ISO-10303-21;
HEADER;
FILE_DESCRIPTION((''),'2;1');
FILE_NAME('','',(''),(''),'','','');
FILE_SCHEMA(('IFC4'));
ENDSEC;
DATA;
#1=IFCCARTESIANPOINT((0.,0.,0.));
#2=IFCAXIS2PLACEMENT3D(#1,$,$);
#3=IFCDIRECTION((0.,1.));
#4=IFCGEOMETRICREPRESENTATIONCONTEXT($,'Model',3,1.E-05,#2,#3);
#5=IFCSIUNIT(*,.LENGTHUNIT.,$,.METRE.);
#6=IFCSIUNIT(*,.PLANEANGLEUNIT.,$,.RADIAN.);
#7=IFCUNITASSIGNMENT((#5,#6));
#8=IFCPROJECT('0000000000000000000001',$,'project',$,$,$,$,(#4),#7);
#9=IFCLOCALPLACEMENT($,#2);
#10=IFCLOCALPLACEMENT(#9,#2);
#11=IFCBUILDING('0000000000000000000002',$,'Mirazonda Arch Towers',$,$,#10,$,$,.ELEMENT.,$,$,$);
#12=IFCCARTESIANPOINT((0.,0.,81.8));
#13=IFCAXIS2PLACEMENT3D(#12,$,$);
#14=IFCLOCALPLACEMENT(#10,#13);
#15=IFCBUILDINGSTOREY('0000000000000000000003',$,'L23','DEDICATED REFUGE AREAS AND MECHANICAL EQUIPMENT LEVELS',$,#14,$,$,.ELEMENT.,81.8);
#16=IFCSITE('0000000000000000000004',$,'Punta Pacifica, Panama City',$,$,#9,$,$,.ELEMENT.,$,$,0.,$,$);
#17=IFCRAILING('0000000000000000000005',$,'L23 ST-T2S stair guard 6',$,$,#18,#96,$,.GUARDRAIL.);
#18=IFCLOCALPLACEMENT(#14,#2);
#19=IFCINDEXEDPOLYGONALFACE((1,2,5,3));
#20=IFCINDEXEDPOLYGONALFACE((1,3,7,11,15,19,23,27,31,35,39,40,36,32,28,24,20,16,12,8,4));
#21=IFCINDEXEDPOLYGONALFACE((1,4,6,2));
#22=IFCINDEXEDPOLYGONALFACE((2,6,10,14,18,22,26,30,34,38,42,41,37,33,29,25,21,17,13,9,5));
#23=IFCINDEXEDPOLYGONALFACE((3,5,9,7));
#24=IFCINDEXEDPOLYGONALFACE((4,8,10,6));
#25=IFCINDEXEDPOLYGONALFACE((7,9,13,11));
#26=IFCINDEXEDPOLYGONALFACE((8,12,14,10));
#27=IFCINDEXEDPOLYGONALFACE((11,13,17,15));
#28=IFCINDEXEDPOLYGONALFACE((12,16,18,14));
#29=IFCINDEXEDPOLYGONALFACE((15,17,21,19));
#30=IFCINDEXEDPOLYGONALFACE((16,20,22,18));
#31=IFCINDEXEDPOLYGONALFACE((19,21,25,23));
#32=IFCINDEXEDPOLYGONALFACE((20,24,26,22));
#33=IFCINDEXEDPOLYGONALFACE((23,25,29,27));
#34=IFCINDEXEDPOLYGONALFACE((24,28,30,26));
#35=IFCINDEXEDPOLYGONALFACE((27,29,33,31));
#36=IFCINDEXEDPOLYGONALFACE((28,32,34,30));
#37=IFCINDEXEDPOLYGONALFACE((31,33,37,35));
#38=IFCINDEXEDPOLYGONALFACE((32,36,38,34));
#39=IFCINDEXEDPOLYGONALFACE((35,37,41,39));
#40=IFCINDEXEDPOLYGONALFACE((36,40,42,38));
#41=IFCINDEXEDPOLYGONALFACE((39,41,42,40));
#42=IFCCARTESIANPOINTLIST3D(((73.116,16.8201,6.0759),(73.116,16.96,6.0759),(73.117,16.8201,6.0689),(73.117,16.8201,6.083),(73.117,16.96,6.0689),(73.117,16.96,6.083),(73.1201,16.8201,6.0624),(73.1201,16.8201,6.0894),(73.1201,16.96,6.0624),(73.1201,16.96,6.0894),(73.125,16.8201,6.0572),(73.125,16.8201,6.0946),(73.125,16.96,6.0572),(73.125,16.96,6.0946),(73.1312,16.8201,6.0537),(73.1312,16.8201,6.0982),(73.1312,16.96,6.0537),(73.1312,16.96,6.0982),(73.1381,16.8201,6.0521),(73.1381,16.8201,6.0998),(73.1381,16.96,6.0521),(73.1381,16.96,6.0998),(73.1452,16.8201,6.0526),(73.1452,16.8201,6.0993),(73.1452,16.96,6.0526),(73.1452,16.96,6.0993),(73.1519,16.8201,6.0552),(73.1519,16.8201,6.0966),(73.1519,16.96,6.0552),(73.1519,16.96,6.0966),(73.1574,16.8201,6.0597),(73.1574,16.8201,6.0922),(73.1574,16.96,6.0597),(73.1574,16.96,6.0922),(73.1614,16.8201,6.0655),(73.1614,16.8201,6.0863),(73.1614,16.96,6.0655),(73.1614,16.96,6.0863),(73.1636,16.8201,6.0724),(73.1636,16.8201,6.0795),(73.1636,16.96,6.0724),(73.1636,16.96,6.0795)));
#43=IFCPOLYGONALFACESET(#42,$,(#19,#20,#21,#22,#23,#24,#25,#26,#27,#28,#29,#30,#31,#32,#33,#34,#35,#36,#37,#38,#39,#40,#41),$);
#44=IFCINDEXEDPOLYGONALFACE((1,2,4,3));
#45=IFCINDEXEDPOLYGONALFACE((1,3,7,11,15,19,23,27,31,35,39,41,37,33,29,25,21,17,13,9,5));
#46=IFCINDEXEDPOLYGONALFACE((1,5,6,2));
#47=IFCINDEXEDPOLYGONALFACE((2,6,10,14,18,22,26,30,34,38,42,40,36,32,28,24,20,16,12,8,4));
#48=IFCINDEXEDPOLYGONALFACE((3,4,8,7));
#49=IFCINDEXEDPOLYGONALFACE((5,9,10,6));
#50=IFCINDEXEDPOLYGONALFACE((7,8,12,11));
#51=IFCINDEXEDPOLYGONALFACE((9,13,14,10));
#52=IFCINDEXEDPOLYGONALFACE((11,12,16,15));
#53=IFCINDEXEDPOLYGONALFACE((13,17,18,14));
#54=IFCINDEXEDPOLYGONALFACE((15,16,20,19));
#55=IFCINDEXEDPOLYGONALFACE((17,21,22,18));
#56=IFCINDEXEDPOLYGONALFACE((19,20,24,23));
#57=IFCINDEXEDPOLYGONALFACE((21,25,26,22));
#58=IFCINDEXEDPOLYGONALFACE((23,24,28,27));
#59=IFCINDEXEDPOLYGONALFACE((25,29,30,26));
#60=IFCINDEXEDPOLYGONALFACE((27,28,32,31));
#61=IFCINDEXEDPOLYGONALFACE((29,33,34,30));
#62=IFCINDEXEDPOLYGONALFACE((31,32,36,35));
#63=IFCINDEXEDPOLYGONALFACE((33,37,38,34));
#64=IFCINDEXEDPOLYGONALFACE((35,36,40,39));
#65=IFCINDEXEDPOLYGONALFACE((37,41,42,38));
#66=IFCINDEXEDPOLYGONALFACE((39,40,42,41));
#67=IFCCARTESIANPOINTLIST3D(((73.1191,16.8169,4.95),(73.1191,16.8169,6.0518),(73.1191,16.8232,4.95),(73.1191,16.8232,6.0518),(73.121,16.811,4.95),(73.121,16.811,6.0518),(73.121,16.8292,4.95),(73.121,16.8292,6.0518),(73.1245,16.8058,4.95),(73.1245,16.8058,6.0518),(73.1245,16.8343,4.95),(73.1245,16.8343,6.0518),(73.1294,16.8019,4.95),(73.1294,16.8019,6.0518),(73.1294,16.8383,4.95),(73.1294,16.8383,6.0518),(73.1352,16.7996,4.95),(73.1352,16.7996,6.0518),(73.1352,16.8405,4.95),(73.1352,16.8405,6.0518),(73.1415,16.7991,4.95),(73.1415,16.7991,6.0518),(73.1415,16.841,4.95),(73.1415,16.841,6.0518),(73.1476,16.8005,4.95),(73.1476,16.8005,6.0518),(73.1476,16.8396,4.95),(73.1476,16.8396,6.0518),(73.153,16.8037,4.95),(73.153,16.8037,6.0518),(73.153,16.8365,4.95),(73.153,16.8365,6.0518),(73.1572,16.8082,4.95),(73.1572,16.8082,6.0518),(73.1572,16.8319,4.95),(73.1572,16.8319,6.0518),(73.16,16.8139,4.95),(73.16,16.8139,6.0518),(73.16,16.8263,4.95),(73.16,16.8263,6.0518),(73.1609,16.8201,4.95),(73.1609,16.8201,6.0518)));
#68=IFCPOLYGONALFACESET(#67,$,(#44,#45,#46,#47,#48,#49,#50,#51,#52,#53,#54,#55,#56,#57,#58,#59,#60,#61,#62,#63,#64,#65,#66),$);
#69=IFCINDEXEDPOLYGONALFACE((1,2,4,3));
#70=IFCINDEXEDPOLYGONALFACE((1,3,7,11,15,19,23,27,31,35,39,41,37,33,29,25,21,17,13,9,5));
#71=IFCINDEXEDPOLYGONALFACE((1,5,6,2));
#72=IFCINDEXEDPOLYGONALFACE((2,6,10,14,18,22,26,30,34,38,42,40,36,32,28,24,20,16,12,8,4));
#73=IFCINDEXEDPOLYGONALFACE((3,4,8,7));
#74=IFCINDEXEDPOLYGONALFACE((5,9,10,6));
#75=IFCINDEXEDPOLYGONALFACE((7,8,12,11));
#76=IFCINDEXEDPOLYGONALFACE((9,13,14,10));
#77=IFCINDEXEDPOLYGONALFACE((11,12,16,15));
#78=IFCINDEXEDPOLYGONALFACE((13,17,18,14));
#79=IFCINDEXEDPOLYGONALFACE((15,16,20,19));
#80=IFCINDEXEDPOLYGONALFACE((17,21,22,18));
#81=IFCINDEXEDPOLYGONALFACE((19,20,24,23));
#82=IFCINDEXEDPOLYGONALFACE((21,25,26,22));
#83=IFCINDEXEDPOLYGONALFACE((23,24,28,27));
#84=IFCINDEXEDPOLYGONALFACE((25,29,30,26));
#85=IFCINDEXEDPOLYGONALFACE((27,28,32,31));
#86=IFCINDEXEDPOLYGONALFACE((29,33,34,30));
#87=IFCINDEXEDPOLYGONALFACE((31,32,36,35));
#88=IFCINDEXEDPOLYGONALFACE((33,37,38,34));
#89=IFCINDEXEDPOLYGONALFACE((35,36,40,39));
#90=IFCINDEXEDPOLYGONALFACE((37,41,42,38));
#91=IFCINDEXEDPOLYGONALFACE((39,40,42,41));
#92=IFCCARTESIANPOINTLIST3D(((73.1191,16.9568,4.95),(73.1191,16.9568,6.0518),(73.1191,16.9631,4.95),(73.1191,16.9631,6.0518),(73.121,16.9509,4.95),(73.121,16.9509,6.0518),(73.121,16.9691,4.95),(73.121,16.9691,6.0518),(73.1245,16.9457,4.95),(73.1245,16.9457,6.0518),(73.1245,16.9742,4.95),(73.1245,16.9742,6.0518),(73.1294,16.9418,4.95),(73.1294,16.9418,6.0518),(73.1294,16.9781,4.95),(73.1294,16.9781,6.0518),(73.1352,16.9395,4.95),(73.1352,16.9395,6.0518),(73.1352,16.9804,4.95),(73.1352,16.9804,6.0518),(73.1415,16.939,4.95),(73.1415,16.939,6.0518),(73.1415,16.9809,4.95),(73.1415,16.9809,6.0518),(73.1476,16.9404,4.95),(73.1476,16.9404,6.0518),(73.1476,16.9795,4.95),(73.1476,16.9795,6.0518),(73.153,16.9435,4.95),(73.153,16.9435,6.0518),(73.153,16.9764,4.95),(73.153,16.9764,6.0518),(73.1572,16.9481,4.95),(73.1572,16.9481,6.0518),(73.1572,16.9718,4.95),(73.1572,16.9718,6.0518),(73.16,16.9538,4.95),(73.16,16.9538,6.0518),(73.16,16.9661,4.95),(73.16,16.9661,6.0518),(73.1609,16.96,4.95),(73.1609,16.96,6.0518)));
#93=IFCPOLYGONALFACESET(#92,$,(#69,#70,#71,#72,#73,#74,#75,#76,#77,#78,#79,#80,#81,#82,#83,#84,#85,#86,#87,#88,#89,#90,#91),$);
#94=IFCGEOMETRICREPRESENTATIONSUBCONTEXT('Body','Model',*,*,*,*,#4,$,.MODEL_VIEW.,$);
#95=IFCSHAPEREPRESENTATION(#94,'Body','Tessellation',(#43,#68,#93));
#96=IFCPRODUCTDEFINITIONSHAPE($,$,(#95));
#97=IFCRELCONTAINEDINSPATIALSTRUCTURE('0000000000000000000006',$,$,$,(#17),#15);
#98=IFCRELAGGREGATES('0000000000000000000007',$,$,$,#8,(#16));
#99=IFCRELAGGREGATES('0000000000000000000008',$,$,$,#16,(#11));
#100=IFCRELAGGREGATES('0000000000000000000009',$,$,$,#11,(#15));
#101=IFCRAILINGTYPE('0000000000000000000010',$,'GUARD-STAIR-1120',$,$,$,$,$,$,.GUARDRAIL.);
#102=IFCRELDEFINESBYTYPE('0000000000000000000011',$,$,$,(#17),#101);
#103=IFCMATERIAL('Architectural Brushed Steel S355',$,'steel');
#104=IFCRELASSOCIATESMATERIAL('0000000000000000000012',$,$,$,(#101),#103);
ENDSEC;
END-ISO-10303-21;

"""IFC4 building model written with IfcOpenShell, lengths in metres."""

from ifc_helpers import new_model, si_unit, direction, frame, origin, origin_2d, place, context, subcontext, project, spatial, circle, extrude, material, type_object, element, save


model = new_model("IFC4")

# Units and contexts
model_context = context("Model", 3, precision=1e-05, world=origin(), true_north=direction((0.0, 1.0)))
body_context = subcontext(model_context, "Body", "Model", "MODEL_VIEW")
ifc_project = project(units=[si_unit("LENGTHUNIT", "METRE"), si_unit("PLANEANGLEUNIT", "RADIAN")], contexts=[model_context])

# Site, building, storey
site_placement = place(None, origin())
site = spatial("IfcSite", under=ifc_project, at=site_placement, Name="Punta Pacifica, Panama City", CompositionType="ELEMENT", RefElevation=0.0)
building_placement = place(site_placement, origin())
building = spatial("IfcBuilding", under=site, at=building_placement, Name="Mirazonda Arch Towers", CompositionType="ELEMENT")
storey_placement = place(building_placement, frame((0.0, 0.0, 81.8)))
storey = spatial("IfcBuildingStorey", under=building, at=storey_placement, Name="L23", Description="DEDICATED REFUGE AREAS AND MECHANICAL EQUIPMENT LEVELS", CompositionType="ELEMENT", Elevation=81.8)

# Shared definitions
ifc_material_1 = material(Name="Architectural Brushed Steel S355", Category="steel")

# Railing
railing_type_1 = type_object("IfcRailingType", Name="GUARD-STAIR-1120", PredefinedType="GUARDRAIL", material=ifc_material_1)
railing_1_placement = place(storey_placement, frame((73.1399, 16.8201, 4.95)))
element("IfcRailing", 1, at=railing_1_placement, inside=storey, type_object=railing_type_1, Name="L23 ST-T2S stair guard 6", PredefinedType="GUARDRAIL", context=body_context, shape_type="SweptSolid", body=[
    extrude(circle(Radius=0.0239, at=origin_2d()), frame((0.0, 0.0, 1.126), z_axis=(0.0, 1.0, 0.0), x_axis=(-1.0, 0.0, 0.0)), (0.0, 0.0, 1.0), 0.1399),
    extrude(circle(Radius=0.021, at=origin_2d()), origin(), (0.0, 0.0, 1.0), 1.1018),
    extrude(circle(Radius=0.021, at=origin_2d()), frame((0.0, 0.1399, 0.0)), (0.0, 0.0, 1.0), 1.1018),
])

save(model, "model.ifc")
